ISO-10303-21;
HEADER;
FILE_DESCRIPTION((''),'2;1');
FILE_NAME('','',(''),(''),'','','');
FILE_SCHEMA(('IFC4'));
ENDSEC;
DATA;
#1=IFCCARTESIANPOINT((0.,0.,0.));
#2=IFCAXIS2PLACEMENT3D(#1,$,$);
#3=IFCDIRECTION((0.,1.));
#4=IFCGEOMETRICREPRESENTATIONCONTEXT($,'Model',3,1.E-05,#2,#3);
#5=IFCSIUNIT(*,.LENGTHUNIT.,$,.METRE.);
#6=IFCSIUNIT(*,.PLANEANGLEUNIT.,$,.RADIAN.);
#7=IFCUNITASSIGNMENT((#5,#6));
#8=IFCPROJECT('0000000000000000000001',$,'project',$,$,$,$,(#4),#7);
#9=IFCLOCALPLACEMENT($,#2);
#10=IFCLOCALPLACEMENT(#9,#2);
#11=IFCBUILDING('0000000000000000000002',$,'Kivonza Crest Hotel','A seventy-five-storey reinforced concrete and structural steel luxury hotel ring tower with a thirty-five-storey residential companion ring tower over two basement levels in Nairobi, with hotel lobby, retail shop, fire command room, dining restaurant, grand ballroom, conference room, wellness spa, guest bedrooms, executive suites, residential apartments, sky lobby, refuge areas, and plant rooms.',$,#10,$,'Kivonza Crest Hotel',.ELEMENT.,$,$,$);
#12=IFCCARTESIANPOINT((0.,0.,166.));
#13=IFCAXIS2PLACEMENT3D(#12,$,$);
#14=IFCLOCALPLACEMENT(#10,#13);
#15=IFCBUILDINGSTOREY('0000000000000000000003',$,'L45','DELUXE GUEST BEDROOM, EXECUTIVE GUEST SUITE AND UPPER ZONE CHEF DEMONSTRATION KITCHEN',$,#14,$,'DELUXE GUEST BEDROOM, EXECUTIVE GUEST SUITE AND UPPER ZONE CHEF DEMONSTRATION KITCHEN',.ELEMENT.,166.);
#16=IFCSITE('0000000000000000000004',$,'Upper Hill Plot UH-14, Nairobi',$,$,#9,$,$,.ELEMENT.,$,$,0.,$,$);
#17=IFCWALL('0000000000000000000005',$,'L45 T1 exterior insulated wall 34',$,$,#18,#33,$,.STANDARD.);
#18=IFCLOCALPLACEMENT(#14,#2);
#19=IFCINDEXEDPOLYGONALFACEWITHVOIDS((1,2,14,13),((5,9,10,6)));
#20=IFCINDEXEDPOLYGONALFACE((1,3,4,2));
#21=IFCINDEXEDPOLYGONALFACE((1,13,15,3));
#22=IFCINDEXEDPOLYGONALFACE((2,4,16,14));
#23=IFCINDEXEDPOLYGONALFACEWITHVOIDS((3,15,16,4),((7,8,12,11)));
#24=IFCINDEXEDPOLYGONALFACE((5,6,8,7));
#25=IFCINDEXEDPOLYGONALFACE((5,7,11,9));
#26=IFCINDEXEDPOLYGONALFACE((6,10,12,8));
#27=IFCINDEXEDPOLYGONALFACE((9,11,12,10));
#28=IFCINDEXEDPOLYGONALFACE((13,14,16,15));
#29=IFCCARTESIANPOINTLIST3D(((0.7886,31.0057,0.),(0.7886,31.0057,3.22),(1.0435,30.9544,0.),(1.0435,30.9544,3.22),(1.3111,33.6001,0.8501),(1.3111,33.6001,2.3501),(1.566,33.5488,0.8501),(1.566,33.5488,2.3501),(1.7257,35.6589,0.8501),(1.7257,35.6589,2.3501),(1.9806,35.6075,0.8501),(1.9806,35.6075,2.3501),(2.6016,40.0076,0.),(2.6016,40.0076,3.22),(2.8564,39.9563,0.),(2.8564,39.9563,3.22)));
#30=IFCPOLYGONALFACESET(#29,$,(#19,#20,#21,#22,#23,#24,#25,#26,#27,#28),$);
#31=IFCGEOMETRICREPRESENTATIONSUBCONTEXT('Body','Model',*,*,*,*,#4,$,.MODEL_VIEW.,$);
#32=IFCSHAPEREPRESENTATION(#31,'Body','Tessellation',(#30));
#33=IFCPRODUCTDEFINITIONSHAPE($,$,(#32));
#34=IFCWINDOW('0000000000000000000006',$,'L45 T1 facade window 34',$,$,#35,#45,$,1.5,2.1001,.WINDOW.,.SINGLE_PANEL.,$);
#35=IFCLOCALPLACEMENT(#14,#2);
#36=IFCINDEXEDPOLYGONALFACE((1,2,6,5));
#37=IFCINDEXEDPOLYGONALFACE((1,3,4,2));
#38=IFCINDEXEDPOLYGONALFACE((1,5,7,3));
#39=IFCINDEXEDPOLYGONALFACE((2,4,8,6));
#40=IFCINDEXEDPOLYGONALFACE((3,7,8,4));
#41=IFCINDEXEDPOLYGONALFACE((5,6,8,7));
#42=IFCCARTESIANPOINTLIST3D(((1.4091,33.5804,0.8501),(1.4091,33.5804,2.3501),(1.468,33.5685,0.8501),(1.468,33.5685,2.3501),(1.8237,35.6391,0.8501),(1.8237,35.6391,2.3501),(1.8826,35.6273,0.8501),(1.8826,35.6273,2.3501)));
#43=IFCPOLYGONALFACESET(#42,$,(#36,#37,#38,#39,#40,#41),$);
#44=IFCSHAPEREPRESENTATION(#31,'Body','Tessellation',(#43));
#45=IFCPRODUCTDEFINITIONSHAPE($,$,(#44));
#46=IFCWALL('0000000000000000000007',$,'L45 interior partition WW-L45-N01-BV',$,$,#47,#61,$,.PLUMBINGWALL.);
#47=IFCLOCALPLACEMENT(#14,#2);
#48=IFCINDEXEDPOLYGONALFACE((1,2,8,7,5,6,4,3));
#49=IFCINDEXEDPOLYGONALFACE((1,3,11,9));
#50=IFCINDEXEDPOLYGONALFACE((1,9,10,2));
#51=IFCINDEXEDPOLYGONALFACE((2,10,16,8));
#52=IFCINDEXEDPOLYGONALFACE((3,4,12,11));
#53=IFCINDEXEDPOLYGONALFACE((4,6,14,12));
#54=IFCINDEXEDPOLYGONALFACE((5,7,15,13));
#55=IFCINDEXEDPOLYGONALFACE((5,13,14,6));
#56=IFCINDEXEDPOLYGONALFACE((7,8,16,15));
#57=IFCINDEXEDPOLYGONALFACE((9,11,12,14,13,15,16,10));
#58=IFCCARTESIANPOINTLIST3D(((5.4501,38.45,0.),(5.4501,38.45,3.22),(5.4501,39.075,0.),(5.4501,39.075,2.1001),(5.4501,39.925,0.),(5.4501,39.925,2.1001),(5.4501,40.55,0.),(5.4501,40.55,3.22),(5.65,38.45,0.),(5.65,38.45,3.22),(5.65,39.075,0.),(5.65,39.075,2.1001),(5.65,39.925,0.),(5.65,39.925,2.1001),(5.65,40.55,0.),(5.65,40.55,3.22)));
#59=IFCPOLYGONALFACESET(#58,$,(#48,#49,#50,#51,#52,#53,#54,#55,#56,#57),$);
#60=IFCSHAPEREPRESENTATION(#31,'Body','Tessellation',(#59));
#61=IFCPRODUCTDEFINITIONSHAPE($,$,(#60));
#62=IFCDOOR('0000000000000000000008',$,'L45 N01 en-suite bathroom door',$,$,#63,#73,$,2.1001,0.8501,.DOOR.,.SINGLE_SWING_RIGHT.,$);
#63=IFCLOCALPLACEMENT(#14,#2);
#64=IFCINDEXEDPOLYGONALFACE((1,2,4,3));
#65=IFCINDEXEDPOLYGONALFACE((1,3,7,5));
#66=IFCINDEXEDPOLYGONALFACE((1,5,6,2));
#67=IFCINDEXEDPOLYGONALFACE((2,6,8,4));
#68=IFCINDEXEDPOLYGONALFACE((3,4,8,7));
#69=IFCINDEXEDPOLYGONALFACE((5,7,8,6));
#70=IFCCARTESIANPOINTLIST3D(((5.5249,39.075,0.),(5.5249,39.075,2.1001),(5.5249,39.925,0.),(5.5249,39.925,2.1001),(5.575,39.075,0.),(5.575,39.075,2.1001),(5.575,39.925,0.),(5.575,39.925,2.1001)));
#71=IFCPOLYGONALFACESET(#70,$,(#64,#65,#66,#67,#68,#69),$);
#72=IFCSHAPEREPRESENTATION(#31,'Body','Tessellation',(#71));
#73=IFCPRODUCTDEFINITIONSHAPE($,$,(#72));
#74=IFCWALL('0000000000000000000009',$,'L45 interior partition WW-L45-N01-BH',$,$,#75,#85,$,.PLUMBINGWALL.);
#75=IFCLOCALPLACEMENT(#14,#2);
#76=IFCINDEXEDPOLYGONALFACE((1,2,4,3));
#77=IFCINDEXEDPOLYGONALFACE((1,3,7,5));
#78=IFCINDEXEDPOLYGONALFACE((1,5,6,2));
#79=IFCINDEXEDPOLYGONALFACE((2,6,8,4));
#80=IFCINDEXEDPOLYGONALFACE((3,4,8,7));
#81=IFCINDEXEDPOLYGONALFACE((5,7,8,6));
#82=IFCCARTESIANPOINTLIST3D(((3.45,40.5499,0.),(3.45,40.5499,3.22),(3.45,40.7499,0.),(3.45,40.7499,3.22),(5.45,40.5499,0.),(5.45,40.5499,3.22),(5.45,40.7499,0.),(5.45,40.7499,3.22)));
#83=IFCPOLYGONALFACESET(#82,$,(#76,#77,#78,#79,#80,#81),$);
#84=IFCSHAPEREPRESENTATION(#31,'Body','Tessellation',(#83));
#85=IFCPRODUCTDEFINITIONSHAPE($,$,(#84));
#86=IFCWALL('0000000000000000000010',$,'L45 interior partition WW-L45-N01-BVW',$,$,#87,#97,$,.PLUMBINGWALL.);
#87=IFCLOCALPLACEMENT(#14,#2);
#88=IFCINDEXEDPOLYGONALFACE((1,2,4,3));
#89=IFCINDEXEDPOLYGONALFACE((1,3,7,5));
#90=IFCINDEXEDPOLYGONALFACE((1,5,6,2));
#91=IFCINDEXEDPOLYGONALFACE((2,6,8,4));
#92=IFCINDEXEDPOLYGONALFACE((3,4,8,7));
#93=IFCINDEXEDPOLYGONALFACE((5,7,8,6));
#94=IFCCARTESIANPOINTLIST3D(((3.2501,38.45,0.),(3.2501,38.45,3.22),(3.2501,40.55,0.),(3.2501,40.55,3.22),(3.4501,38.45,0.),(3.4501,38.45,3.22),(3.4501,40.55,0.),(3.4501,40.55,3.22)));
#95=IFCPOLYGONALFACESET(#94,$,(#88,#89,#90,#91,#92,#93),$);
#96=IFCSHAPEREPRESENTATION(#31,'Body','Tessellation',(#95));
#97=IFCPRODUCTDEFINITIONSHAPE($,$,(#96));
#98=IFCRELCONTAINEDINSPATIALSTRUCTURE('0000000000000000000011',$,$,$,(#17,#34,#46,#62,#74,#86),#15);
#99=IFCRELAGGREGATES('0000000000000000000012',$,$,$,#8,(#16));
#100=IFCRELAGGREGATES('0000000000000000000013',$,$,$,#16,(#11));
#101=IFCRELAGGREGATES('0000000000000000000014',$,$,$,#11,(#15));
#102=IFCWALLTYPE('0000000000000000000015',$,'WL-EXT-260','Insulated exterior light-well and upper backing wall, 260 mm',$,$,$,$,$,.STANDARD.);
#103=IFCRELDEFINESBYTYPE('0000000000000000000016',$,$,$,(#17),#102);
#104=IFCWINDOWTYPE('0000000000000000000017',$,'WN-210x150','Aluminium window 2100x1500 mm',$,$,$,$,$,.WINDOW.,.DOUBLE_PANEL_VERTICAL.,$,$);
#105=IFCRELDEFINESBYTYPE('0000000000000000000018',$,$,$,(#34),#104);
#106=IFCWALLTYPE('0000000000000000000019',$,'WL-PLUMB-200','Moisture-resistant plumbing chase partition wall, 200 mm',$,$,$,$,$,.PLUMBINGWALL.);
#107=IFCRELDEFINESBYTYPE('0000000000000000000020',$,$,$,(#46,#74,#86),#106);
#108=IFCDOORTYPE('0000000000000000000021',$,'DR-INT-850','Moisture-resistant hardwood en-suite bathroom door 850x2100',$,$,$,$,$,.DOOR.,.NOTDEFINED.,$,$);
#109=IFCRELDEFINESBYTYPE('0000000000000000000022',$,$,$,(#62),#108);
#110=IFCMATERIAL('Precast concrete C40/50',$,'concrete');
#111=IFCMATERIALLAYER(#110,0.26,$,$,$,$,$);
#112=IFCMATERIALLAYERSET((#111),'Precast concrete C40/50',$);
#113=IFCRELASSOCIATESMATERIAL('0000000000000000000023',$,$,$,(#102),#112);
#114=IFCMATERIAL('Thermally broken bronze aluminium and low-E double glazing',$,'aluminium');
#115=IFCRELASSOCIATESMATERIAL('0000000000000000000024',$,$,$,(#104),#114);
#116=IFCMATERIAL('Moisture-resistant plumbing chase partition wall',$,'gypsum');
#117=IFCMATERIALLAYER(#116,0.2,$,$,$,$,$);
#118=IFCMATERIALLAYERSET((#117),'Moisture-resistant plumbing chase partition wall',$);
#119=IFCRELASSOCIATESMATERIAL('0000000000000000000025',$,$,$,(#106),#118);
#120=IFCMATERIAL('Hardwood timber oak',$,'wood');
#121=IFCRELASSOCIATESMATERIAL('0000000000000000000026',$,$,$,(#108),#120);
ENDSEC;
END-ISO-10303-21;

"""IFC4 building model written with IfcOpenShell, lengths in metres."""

from ifc_helpers import new_model, si_unit, direction, frame, frame_2d, origin, place, context, subcontext, project, spatial, rectangle, extrude, material, layer, layer_set, type_object, element, fill, save


model = new_model("IFC4")

# Units and contexts
model_context = context("Model", 3, precision=1e-05, world=origin(), true_north=direction((0.0, 1.0)))
body_context = subcontext(model_context, "Body", "Model", "MODEL_VIEW")
ifc_project = project(units=[si_unit("LENGTHUNIT", "METRE"), si_unit("PLANEANGLEUNIT", "RADIAN")], contexts=[model_context])

# Site, building, storey
site_placement = place(None, origin())
site = spatial("IfcSite", under=ifc_project, at=site_placement, Name="Upper Hill Plot UH-14, Nairobi", CompositionType="ELEMENT", RefElevation=0.0)
building_placement = place(site_placement, origin())
building = spatial("IfcBuilding", under=site, at=building_placement, Name="Kivonza Crest Hotel", Description="A seventy-five-storey reinforced concrete and structural steel luxury hotel ring tower with a thirty-five-storey residential companion ring tower over two basement levels in Nairobi, with hotel lobby, retail shop, fire command room, dining restaurant, grand ballroom, conference room, wellness spa, guest bedrooms, executive suites, residential apartments, sky lobby, refuge areas, and plant rooms.", LongName="Kivonza Crest Hotel", CompositionType="ELEMENT")
storey_placement = place(building_placement, frame((0.0, 0.0, 166.0)))
storey = spatial("IfcBuildingStorey", under=building, at=storey_placement, Name="L45", Description="DELUXE GUEST BEDROOM, EXECUTIVE GUEST SUITE AND UPPER ZONE CHEF DEMONSTRATION KITCHEN", LongName="DELUXE GUEST BEDROOM, EXECUTIVE GUEST SUITE AND UPPER ZONE CHEF DEMONSTRATION KITCHEN", CompositionType="ELEMENT", Elevation=166.0)

# Shared definitions
ifc_material_1 = material(Name="Hardwood timber oak", Category="wood")

# Shared definitions
ifc_material_2 = material(Name="Precast concrete C40/50", Category="concrete")
ifc_layer_1 = layer(ifc_material_2, 0.26)
ifc_layer_set_1 = layer_set([ifc_layer_1], Name="Precast concrete C40/50")
wall_type_1 = type_object("IfcWallType", Name="WL-EXT-260", Description="Insulated exterior light-well and upper backing wall, 260 mm", PredefinedType="STANDARD", material=ifc_layer_set_1)

# Wall, opening, window
wall_1_placement = place(storey_placement, frame((2.729, 39.9819, 0.0), z_axis=(0.0, 0.0, 1.0), x_axis=(-0.197435, -0.980316, 0.0)))
wall_1 = element("IfcWall", 1, at=wall_1_placement, inside=storey, type_object=wall_type_1, Name="L45 T1 exterior insulated wall 34", PredefinedType="STANDARD", context=body_context, shape_type="SweptSolid", body=[
    extrude(rectangle(XDim=9.1826, YDim=0.26, at=frame_2d((4.5913, 0.0))), origin(), (0.0, 0.0, 1.0), 3.22),
])
opening_1_placement = place(wall_1_placement, frame((4.436, 0.0, 0.8501)))
opening_1 = element("IfcOpeningElement", 2, at=opening_1_placement, cuts=wall_1, PredefinedType="OPENING", context=body_context, shape_type="SweptSolid", body=[
    extrude(rectangle(XDim=2.1001, YDim=1.5, at=frame_2d((1.05, 0.75))), frame((0.0, 0.1401, 0.0), z_axis=(0.0, -1.0, 0.0), x_axis=(1.0, 0.0, 0.0)), (0.0, 0.0, 1.0), 0.28),
])
ifc_material_3 = material(Name="Thermally broken bronze aluminium and low-E double glazing", Category="aluminium")
window_type = type_object("IfcWindowType", Name="WN-210x150", Description="Aluminium window 2100x1500 mm", PartitioningType="DOUBLE_PANEL_VERTICAL", PredefinedType="WINDOW", material=ifc_material_3)
window_placement = place(opening_1_placement, origin())
window = element("IfcWindow", 3, at=window_placement, inside=storey, type_object=window_type, Name="L45 T1 facade window 34", OverallHeight=1.5, OverallWidth=2.1001, PartitioningType="SINGLE_PANEL", PredefinedType="WINDOW", context=body_context, shape_type="SweptSolid", body=[
    extrude(rectangle(XDim=2.1001, YDim=1.5, at=frame_2d((1.05, 0.75))), frame((0.0, 0.03, 0.0), z_axis=(0.0, -1.0, 0.0), x_axis=(1.0, 0.0, 0.0)), (0.0, 0.0, 1.0), 0.0601),
])
fill(opening_1, window)

# Wall, opening, door
ifc_material_4 = material(Name="Moisture-resistant plumbing chase partition wall", Category="gypsum")
ifc_layer_2 = layer(ifc_material_4, 0.2)
ifc_layer_set_2 = layer_set([ifc_layer_2], Name="Moisture-resistant plumbing chase partition wall")
wall_type_2 = type_object("IfcWallType", Name="WL-PLUMB-200", Description="Moisture-resistant plumbing chase partition wall, 200 mm", PredefinedType="PLUMBINGWALL", material=ifc_layer_set_2)
wall_2_placement = place(storey_placement, frame((5.55, 38.45, 0.0), z_axis=(0.0, 0.0, 1.0), x_axis=(0.0, 1.0, 0.0)))
wall_2 = element("IfcWall", 4, at=wall_2_placement, inside=storey, type_object=wall_type_2, Name="L45 interior partition WW-L45-N01-BV", PredefinedType="PLUMBINGWALL", context=body_context, shape_type="SweptSolid", body=[
    extrude(rectangle(XDim=2.1001, YDim=0.2, at=frame_2d((1.05, 0.0))), origin(), (0.0, 0.0, 1.0), 3.22),
])
opening_2_placement = place(wall_2_placement, frame((0.625, 0.0, 0.0)))
opening_2 = element("IfcOpeningElement", 5, at=opening_2_placement, cuts=wall_2, PredefinedType="OPENING", context=body_context, shape_type="SweptSolid", body=[
    extrude(rectangle(XDim=0.8501, YDim=2.1001, at=frame_2d((0.425, 1.05))), frame((0.0, 0.1099, 0.0), z_axis=(0.0, -1.0, 0.0), x_axis=(1.0, 0.0, 0.0)), (0.0, 0.0, 1.0), 0.22),
])
door_type_1 = type_object("IfcDoorType", Name="DR-INT-850", Description="Moisture-resistant hardwood en-suite bathroom door 850x2100", OperationType="NOTDEFINED", PredefinedType="DOOR", material=ifc_material_1)
door_1_placement = place(opening_2_placement, frame((0.8501, 0.0, 0.0), z_axis=(0.0, 0.0, 1.0), x_axis=(-1.0, 0.0, 0.0)))
door_1 = element("IfcDoor", 6, at=door_1_placement, inside=storey, type_object=door_type_1, Name="L45 N01 en-suite bathroom door", OperationType="SINGLE_SWING_RIGHT", OverallHeight=2.1001, OverallWidth=0.8501, PredefinedType="DOOR", context=body_context, shape_type="SweptSolid", body=[
    extrude(rectangle(XDim=0.8501, YDim=2.1001, at=frame_2d((0.425, 1.05))), frame((0.0, 0.0249, 0.0), z_axis=(0.0, -1.0, 0.0), x_axis=(1.0, 0.0, 0.0)), (0.0, 0.0, 1.0), 0.05),
])
fill(opening_2, door_1)

# Walls
wall_3_placement = place(storey_placement, frame((3.45, 40.6499, 0.0), z_axis=(0.0, 0.0, 1.0), x_axis=(1.0, 0.0, 0.0)))
element("IfcWall", 7, at=wall_3_placement, inside=storey, type_object=wall_type_2, Name="L45 interior partition WW-L45-N01-BH", PredefinedType="PLUMBINGWALL", context=body_context, shape_type="SweptSolid", body=[
    extrude(rectangle(XDim=2.0, YDim=0.2, at=frame_2d((1.0, 0.0))), origin(), (0.0, 0.0, 1.0), 3.22),
])
wall_4_placement = place(storey_placement, frame((3.3501, 38.45, 0.0), z_axis=(0.0, 0.0, 1.0), x_axis=(0.0, 1.0, 0.0)))
element("IfcWall", 8, at=wall_4_placement, inside=storey, type_object=wall_type_2, Name="L45 interior partition WW-L45-N01-BVW", PredefinedType="PLUMBINGWALL", context=body_context, shape_type="SweptSolid", body=[
    extrude(rectangle(XDim=2.1001, YDim=0.2, at=frame_2d((1.05, 0.0))), origin(), (0.0, 0.0, 1.0), 3.22),
])

save(model, "model.ifc")
